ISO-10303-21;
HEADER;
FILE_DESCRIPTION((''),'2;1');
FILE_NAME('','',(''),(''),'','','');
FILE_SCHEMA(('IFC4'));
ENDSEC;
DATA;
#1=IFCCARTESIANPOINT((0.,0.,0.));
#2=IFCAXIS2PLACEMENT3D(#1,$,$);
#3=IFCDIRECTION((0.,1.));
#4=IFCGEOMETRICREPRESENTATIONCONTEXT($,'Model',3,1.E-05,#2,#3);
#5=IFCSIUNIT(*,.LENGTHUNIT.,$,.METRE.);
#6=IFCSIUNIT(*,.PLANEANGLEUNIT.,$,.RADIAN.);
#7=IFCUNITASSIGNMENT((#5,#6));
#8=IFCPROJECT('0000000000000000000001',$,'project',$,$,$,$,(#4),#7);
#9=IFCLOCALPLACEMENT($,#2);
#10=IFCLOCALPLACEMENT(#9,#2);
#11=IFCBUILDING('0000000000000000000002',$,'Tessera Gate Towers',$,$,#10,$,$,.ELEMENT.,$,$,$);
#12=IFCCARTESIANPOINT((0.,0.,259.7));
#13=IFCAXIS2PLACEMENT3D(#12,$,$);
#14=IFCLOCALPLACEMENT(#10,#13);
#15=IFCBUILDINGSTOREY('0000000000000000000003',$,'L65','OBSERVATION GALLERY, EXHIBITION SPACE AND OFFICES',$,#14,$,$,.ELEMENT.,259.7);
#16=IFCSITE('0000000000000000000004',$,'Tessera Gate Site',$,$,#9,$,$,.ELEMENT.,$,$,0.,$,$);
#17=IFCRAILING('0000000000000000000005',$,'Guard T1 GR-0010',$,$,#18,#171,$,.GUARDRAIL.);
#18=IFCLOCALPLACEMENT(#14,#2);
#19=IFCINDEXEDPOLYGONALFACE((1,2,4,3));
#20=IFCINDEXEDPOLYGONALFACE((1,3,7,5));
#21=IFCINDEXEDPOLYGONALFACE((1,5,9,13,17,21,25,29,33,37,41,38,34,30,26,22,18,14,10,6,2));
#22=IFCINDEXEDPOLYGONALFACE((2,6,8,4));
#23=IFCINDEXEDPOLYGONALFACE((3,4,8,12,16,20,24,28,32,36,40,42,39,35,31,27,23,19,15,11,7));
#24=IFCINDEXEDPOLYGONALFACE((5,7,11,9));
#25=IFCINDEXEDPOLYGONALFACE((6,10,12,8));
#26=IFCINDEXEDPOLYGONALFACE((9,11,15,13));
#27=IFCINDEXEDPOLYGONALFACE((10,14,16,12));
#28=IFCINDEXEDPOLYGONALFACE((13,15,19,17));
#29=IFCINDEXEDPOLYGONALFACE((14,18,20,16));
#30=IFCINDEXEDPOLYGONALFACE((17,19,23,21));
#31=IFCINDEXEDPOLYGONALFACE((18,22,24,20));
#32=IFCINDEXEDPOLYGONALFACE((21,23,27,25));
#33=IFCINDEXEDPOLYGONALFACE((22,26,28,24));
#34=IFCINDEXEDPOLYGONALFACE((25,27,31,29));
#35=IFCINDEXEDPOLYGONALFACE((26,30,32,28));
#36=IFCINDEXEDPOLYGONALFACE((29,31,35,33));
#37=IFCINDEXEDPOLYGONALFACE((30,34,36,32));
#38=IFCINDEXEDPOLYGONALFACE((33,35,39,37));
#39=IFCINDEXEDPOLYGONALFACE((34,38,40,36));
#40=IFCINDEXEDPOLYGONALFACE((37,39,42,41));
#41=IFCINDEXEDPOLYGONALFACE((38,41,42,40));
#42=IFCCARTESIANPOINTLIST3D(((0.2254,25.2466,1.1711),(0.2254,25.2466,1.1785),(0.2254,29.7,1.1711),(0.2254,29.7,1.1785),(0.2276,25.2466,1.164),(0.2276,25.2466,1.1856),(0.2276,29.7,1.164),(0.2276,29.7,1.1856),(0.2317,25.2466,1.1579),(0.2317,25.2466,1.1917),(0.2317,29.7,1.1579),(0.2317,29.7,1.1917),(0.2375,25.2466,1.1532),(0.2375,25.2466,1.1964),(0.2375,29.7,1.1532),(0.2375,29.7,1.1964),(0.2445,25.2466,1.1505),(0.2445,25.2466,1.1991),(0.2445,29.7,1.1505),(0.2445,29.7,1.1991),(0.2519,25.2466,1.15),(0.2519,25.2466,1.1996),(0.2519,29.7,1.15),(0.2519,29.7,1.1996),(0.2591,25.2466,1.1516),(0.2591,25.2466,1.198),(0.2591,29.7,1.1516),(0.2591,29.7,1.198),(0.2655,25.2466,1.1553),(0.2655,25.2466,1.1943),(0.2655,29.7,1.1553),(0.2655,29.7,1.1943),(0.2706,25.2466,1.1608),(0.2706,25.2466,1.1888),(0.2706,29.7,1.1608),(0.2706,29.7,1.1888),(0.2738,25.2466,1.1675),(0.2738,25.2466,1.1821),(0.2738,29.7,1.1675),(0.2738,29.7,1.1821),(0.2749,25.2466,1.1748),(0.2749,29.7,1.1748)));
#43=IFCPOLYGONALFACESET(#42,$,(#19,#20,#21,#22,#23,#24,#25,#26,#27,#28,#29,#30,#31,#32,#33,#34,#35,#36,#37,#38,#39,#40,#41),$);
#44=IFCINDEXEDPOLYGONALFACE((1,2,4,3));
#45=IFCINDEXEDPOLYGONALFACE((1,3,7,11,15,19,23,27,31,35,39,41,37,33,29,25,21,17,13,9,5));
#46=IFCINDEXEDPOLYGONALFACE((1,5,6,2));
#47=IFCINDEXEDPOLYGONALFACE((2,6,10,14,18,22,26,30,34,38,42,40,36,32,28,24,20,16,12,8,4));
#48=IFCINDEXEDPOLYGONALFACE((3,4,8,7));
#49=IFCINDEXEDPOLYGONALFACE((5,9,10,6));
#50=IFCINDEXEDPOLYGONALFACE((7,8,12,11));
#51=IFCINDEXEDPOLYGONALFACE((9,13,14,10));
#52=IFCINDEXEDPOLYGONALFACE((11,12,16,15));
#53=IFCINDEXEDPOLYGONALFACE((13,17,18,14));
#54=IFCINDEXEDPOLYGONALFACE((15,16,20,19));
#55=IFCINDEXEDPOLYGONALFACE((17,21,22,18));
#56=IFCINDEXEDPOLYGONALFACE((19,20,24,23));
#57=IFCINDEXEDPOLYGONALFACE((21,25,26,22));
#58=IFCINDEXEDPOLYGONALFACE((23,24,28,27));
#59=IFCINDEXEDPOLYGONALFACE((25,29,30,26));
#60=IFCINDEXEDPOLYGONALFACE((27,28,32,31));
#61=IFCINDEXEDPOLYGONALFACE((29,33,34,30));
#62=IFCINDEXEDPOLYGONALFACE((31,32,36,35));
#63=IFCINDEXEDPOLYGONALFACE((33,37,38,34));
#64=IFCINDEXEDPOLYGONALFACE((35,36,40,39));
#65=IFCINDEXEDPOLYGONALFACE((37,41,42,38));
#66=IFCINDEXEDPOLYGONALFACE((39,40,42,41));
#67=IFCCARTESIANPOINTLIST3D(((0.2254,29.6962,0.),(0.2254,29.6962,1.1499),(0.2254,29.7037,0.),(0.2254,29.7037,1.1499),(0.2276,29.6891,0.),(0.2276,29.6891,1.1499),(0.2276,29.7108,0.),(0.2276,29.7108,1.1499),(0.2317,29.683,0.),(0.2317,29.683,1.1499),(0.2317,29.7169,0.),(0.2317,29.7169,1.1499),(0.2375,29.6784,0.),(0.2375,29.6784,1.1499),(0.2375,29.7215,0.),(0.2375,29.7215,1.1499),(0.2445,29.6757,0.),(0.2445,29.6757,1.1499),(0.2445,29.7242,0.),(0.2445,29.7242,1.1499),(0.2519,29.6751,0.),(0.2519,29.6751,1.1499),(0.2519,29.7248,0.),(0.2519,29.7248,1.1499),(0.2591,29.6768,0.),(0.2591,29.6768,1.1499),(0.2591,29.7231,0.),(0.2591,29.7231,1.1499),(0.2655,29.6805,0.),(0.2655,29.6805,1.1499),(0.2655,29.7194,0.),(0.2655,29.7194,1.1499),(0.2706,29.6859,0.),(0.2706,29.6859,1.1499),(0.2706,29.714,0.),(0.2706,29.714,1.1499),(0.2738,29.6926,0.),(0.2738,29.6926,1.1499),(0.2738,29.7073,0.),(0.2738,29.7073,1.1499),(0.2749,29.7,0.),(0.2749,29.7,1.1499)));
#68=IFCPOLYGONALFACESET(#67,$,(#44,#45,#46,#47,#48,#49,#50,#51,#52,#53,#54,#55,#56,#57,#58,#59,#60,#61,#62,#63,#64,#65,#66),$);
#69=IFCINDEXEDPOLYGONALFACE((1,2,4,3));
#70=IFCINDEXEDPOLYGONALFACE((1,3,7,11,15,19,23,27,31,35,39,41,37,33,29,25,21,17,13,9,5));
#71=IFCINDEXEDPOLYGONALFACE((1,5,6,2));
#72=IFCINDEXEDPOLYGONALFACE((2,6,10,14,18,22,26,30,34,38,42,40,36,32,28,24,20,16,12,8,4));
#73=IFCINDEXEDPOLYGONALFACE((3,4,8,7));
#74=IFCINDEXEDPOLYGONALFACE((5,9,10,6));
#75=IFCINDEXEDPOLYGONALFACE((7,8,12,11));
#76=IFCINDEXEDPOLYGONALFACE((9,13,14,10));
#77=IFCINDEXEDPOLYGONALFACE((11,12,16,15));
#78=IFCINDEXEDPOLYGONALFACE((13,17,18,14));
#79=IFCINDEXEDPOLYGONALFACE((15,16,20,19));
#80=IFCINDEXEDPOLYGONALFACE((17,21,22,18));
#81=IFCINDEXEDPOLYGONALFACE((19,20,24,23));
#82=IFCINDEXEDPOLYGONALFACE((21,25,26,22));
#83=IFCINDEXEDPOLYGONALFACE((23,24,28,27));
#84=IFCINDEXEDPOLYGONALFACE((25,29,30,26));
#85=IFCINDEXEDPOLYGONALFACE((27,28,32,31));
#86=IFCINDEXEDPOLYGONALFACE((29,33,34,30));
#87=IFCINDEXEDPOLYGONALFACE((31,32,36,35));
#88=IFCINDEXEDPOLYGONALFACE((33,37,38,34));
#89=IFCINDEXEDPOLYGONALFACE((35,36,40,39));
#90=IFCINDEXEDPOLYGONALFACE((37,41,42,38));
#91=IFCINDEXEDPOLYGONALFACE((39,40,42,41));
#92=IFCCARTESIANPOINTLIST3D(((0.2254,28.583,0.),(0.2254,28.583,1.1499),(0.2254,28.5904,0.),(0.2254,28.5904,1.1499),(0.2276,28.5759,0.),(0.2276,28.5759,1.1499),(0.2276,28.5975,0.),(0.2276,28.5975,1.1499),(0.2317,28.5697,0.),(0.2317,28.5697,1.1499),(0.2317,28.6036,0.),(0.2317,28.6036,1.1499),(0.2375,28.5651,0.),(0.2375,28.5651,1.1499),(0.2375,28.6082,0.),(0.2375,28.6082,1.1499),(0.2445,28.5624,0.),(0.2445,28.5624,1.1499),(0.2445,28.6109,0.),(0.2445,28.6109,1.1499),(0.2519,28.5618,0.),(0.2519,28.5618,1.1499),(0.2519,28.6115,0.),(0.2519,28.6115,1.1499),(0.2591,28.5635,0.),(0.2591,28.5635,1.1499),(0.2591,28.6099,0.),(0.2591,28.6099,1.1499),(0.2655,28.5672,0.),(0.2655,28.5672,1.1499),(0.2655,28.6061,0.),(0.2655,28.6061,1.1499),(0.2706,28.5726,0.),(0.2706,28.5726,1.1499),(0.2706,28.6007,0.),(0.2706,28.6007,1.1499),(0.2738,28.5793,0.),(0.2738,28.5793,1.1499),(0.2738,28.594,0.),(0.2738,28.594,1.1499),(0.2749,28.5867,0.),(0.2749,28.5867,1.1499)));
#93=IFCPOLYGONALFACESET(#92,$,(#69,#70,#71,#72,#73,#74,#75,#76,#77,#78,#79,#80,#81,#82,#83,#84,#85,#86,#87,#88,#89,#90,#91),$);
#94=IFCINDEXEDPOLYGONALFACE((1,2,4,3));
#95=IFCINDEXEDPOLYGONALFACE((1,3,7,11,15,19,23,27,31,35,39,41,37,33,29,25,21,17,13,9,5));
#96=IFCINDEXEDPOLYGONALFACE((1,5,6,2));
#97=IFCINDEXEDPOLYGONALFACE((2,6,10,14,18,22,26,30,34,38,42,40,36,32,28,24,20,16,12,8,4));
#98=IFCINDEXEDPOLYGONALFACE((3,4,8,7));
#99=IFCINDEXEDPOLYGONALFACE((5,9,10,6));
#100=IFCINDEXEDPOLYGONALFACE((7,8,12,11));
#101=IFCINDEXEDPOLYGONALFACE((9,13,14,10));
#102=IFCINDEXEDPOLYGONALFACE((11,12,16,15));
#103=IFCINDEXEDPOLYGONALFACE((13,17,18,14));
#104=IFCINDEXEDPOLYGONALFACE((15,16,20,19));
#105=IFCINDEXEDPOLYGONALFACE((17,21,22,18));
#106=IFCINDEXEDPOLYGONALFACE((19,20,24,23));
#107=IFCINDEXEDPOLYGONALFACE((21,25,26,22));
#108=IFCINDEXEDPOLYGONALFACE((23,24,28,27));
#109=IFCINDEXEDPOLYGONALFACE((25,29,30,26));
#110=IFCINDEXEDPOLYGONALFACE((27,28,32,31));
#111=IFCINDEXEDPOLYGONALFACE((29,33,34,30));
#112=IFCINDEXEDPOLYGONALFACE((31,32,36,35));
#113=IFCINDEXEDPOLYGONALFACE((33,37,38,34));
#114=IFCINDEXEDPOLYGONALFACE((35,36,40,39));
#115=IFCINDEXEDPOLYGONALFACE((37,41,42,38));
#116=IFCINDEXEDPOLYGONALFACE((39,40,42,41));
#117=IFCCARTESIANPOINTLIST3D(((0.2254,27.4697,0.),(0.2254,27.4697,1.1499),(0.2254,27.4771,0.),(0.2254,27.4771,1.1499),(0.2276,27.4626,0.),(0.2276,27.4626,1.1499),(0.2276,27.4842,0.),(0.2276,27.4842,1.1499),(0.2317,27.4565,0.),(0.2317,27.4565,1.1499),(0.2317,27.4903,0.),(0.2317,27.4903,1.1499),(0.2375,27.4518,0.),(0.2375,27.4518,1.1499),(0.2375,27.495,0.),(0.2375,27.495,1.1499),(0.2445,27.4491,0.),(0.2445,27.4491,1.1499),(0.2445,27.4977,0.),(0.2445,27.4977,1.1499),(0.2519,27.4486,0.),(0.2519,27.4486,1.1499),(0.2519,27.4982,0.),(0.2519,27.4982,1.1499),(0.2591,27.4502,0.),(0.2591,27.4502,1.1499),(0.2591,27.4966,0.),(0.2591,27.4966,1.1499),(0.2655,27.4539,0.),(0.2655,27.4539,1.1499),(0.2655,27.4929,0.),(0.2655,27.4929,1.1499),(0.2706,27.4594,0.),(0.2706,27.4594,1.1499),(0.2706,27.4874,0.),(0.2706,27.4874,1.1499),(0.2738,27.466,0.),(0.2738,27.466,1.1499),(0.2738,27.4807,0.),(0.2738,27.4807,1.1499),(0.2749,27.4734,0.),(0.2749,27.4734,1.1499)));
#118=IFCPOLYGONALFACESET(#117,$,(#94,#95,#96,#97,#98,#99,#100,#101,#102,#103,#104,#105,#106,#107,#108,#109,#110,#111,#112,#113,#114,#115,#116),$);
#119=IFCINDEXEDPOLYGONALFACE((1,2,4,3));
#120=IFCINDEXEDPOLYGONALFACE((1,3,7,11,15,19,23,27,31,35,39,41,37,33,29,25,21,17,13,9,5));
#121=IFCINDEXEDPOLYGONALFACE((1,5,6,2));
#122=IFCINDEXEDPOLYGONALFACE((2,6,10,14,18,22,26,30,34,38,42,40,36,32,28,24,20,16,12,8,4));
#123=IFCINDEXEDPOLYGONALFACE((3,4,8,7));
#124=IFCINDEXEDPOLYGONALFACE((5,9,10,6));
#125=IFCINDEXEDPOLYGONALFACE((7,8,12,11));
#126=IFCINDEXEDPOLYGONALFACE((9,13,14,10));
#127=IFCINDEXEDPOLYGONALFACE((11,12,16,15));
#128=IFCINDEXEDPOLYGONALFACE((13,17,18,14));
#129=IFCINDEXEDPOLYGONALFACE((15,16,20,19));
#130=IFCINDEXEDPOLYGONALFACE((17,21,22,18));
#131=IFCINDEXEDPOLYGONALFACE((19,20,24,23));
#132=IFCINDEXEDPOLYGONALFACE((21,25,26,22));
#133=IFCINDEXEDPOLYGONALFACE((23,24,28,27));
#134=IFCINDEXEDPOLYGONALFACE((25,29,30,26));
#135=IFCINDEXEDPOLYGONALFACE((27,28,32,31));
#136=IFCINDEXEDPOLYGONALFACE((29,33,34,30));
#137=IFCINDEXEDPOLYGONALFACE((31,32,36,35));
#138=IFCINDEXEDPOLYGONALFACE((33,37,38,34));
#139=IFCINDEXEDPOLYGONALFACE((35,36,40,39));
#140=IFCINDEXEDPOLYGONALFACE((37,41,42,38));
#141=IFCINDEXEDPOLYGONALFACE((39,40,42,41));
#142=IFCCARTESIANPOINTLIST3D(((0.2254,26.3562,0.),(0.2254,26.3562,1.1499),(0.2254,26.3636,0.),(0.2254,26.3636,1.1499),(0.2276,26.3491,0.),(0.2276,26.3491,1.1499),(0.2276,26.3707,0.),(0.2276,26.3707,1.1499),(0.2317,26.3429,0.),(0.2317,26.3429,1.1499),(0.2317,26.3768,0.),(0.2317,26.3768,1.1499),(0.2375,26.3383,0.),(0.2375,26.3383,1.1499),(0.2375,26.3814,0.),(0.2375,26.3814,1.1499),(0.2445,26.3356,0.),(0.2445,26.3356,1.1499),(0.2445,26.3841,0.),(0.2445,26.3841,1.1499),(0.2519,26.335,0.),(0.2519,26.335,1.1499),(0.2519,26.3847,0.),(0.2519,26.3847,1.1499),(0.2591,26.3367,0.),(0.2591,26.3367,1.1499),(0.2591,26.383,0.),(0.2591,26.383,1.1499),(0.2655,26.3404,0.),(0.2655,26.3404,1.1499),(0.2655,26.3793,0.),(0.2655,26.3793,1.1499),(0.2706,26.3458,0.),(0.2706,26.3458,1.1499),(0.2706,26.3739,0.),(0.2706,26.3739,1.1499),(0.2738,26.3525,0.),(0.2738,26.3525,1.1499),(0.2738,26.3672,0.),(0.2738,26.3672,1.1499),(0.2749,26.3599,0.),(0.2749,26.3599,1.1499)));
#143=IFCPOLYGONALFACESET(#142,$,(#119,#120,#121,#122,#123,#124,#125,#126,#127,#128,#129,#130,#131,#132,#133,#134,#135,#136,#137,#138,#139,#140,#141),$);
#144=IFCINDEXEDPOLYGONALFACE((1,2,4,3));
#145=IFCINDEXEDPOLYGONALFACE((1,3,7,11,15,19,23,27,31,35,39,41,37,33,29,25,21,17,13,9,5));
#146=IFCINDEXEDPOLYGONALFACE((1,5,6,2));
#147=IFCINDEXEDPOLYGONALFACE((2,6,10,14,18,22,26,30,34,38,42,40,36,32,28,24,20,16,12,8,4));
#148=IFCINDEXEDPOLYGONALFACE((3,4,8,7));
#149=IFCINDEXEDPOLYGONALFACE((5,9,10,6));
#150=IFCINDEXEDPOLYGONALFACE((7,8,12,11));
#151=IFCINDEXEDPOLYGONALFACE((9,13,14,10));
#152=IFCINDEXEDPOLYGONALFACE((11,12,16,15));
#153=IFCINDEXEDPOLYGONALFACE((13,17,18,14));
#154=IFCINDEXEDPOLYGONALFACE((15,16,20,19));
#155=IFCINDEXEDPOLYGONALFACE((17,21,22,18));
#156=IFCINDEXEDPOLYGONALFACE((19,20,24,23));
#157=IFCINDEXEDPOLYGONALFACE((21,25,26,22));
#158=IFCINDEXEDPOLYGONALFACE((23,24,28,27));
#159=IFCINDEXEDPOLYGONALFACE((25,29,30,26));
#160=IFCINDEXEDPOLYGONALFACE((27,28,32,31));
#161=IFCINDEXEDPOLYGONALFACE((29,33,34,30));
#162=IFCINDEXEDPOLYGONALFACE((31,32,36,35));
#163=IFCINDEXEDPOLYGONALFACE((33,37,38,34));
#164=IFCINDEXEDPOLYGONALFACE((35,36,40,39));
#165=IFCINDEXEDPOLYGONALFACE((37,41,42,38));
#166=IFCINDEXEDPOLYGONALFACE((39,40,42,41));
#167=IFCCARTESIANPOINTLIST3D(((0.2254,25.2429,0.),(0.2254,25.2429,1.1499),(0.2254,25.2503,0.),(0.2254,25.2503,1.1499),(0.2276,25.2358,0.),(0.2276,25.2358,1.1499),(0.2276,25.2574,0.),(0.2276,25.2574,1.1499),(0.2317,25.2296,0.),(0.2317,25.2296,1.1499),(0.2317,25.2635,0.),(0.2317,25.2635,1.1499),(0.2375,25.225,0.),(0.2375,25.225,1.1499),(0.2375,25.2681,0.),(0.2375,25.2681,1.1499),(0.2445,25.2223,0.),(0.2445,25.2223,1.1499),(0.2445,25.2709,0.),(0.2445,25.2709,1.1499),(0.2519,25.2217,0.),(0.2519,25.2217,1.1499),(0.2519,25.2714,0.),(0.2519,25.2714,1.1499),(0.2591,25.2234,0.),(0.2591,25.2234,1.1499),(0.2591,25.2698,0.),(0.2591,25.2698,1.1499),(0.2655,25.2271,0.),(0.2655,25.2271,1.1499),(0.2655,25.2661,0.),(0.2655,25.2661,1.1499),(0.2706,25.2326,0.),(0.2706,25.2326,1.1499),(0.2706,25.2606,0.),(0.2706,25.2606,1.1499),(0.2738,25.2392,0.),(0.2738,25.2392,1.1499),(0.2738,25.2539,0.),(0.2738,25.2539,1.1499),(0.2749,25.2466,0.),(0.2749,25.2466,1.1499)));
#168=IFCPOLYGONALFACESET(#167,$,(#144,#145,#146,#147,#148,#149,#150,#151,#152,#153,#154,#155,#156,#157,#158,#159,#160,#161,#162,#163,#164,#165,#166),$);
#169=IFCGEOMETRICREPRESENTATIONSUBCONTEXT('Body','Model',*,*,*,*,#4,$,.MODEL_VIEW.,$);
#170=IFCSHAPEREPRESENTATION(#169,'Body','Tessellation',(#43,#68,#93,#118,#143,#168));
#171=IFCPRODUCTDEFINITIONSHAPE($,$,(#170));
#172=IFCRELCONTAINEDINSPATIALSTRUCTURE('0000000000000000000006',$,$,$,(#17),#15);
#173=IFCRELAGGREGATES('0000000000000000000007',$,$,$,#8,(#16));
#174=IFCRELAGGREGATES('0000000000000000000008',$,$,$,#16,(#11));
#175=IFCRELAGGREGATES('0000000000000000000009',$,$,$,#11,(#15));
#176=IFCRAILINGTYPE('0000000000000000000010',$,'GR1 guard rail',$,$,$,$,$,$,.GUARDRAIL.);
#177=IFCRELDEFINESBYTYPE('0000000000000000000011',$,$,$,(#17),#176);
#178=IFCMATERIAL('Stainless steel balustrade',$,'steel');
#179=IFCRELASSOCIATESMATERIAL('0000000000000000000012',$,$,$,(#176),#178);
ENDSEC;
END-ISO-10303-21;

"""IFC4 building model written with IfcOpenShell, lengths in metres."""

from ifc_helpers import new_model, si_unit, direction, frame, origin, origin_2d, place, context, subcontext, project, spatial, circle, extrude, material, type_object, element, save


model = new_model("IFC4")

# Units and contexts
model_context = context("Model", 3, precision=1e-05, world=origin(), true_north=direction((0.0, 1.0)))
body_context = subcontext(model_context, "Body", "Model", "MODEL_VIEW")
ifc_project = project(units=[si_unit("LENGTHUNIT", "METRE"), si_unit("PLANEANGLEUNIT", "RADIAN")], contexts=[model_context])

# Site, building, storey
site_placement = place(None, origin())
site = spatial("IfcSite", under=ifc_project, at=site_placement, Name="Tessera Gate Site", CompositionType="ELEMENT", RefElevation=0.0)
building_placement = place(site_placement, origin())
building = spatial("IfcBuilding", under=site, at=building_placement, Name="Tessera Gate Towers", CompositionType="ELEMENT")
storey_placement = place(building_placement, frame((0.0, 0.0, 259.7)))
storey = spatial("IfcBuildingStorey", under=building, at=storey_placement, Name="L65", Description="OBSERVATION GALLERY, EXHIBITION SPACE AND OFFICES", CompositionType="ELEMENT", Elevation=259.7)

# Railing
ifc_material_1 = material(Name="Stainless steel balustrade", Category="steel")
railing_type_1 = type_object("IfcRailingType", Name="GR1 guard rail", PredefinedType="GUARDRAIL", material=ifc_material_1)
railing_1_placement = place(storey_placement, frame((0.25, 29.7, 0.0)))
element("IfcRailing", 1, at=railing_1_placement, inside=storey, type_object=railing_type_1, Name="Guard T1 GR-0010", PredefinedType="GUARDRAIL", context=body_context, shape_type="SweptSolid", body=[
    extrude(circle(Radius=0.0249, at=origin_2d()), frame((0.0, 0.0, 1.1748), z_axis=(0.0, -1.0, 0.0), x_axis=(1.0, 0.0, 0.0)), (0.0, 0.0, 1.0), 4.4534),
    extrude(circle(Radius=0.0249, at=origin_2d()), origin(), (0.0, 0.0, 1.0), 1.1499),
    extrude(circle(Radius=0.0249, at=origin_2d()), frame((0.0, -1.1133, 0.0)), (0.0, 0.0, 1.0), 1.1499),
    extrude(circle(Radius=0.0249, at=origin_2d()), frame((0.0, -2.2266, 0.0)), (0.0, 0.0, 1.0), 1.1499),
    extrude(circle(Radius=0.0249, at=origin_2d()), frame((0.0, -3.3401, 0.0)), (0.0, 0.0, 1.0), 1.1499),
    extrude(circle(Radius=0.0249, at=origin_2d()), frame((0.0, -4.4534, 0.0)), (0.0, 0.0, 1.0), 1.1499),
])

save(model, "model.ifc")
